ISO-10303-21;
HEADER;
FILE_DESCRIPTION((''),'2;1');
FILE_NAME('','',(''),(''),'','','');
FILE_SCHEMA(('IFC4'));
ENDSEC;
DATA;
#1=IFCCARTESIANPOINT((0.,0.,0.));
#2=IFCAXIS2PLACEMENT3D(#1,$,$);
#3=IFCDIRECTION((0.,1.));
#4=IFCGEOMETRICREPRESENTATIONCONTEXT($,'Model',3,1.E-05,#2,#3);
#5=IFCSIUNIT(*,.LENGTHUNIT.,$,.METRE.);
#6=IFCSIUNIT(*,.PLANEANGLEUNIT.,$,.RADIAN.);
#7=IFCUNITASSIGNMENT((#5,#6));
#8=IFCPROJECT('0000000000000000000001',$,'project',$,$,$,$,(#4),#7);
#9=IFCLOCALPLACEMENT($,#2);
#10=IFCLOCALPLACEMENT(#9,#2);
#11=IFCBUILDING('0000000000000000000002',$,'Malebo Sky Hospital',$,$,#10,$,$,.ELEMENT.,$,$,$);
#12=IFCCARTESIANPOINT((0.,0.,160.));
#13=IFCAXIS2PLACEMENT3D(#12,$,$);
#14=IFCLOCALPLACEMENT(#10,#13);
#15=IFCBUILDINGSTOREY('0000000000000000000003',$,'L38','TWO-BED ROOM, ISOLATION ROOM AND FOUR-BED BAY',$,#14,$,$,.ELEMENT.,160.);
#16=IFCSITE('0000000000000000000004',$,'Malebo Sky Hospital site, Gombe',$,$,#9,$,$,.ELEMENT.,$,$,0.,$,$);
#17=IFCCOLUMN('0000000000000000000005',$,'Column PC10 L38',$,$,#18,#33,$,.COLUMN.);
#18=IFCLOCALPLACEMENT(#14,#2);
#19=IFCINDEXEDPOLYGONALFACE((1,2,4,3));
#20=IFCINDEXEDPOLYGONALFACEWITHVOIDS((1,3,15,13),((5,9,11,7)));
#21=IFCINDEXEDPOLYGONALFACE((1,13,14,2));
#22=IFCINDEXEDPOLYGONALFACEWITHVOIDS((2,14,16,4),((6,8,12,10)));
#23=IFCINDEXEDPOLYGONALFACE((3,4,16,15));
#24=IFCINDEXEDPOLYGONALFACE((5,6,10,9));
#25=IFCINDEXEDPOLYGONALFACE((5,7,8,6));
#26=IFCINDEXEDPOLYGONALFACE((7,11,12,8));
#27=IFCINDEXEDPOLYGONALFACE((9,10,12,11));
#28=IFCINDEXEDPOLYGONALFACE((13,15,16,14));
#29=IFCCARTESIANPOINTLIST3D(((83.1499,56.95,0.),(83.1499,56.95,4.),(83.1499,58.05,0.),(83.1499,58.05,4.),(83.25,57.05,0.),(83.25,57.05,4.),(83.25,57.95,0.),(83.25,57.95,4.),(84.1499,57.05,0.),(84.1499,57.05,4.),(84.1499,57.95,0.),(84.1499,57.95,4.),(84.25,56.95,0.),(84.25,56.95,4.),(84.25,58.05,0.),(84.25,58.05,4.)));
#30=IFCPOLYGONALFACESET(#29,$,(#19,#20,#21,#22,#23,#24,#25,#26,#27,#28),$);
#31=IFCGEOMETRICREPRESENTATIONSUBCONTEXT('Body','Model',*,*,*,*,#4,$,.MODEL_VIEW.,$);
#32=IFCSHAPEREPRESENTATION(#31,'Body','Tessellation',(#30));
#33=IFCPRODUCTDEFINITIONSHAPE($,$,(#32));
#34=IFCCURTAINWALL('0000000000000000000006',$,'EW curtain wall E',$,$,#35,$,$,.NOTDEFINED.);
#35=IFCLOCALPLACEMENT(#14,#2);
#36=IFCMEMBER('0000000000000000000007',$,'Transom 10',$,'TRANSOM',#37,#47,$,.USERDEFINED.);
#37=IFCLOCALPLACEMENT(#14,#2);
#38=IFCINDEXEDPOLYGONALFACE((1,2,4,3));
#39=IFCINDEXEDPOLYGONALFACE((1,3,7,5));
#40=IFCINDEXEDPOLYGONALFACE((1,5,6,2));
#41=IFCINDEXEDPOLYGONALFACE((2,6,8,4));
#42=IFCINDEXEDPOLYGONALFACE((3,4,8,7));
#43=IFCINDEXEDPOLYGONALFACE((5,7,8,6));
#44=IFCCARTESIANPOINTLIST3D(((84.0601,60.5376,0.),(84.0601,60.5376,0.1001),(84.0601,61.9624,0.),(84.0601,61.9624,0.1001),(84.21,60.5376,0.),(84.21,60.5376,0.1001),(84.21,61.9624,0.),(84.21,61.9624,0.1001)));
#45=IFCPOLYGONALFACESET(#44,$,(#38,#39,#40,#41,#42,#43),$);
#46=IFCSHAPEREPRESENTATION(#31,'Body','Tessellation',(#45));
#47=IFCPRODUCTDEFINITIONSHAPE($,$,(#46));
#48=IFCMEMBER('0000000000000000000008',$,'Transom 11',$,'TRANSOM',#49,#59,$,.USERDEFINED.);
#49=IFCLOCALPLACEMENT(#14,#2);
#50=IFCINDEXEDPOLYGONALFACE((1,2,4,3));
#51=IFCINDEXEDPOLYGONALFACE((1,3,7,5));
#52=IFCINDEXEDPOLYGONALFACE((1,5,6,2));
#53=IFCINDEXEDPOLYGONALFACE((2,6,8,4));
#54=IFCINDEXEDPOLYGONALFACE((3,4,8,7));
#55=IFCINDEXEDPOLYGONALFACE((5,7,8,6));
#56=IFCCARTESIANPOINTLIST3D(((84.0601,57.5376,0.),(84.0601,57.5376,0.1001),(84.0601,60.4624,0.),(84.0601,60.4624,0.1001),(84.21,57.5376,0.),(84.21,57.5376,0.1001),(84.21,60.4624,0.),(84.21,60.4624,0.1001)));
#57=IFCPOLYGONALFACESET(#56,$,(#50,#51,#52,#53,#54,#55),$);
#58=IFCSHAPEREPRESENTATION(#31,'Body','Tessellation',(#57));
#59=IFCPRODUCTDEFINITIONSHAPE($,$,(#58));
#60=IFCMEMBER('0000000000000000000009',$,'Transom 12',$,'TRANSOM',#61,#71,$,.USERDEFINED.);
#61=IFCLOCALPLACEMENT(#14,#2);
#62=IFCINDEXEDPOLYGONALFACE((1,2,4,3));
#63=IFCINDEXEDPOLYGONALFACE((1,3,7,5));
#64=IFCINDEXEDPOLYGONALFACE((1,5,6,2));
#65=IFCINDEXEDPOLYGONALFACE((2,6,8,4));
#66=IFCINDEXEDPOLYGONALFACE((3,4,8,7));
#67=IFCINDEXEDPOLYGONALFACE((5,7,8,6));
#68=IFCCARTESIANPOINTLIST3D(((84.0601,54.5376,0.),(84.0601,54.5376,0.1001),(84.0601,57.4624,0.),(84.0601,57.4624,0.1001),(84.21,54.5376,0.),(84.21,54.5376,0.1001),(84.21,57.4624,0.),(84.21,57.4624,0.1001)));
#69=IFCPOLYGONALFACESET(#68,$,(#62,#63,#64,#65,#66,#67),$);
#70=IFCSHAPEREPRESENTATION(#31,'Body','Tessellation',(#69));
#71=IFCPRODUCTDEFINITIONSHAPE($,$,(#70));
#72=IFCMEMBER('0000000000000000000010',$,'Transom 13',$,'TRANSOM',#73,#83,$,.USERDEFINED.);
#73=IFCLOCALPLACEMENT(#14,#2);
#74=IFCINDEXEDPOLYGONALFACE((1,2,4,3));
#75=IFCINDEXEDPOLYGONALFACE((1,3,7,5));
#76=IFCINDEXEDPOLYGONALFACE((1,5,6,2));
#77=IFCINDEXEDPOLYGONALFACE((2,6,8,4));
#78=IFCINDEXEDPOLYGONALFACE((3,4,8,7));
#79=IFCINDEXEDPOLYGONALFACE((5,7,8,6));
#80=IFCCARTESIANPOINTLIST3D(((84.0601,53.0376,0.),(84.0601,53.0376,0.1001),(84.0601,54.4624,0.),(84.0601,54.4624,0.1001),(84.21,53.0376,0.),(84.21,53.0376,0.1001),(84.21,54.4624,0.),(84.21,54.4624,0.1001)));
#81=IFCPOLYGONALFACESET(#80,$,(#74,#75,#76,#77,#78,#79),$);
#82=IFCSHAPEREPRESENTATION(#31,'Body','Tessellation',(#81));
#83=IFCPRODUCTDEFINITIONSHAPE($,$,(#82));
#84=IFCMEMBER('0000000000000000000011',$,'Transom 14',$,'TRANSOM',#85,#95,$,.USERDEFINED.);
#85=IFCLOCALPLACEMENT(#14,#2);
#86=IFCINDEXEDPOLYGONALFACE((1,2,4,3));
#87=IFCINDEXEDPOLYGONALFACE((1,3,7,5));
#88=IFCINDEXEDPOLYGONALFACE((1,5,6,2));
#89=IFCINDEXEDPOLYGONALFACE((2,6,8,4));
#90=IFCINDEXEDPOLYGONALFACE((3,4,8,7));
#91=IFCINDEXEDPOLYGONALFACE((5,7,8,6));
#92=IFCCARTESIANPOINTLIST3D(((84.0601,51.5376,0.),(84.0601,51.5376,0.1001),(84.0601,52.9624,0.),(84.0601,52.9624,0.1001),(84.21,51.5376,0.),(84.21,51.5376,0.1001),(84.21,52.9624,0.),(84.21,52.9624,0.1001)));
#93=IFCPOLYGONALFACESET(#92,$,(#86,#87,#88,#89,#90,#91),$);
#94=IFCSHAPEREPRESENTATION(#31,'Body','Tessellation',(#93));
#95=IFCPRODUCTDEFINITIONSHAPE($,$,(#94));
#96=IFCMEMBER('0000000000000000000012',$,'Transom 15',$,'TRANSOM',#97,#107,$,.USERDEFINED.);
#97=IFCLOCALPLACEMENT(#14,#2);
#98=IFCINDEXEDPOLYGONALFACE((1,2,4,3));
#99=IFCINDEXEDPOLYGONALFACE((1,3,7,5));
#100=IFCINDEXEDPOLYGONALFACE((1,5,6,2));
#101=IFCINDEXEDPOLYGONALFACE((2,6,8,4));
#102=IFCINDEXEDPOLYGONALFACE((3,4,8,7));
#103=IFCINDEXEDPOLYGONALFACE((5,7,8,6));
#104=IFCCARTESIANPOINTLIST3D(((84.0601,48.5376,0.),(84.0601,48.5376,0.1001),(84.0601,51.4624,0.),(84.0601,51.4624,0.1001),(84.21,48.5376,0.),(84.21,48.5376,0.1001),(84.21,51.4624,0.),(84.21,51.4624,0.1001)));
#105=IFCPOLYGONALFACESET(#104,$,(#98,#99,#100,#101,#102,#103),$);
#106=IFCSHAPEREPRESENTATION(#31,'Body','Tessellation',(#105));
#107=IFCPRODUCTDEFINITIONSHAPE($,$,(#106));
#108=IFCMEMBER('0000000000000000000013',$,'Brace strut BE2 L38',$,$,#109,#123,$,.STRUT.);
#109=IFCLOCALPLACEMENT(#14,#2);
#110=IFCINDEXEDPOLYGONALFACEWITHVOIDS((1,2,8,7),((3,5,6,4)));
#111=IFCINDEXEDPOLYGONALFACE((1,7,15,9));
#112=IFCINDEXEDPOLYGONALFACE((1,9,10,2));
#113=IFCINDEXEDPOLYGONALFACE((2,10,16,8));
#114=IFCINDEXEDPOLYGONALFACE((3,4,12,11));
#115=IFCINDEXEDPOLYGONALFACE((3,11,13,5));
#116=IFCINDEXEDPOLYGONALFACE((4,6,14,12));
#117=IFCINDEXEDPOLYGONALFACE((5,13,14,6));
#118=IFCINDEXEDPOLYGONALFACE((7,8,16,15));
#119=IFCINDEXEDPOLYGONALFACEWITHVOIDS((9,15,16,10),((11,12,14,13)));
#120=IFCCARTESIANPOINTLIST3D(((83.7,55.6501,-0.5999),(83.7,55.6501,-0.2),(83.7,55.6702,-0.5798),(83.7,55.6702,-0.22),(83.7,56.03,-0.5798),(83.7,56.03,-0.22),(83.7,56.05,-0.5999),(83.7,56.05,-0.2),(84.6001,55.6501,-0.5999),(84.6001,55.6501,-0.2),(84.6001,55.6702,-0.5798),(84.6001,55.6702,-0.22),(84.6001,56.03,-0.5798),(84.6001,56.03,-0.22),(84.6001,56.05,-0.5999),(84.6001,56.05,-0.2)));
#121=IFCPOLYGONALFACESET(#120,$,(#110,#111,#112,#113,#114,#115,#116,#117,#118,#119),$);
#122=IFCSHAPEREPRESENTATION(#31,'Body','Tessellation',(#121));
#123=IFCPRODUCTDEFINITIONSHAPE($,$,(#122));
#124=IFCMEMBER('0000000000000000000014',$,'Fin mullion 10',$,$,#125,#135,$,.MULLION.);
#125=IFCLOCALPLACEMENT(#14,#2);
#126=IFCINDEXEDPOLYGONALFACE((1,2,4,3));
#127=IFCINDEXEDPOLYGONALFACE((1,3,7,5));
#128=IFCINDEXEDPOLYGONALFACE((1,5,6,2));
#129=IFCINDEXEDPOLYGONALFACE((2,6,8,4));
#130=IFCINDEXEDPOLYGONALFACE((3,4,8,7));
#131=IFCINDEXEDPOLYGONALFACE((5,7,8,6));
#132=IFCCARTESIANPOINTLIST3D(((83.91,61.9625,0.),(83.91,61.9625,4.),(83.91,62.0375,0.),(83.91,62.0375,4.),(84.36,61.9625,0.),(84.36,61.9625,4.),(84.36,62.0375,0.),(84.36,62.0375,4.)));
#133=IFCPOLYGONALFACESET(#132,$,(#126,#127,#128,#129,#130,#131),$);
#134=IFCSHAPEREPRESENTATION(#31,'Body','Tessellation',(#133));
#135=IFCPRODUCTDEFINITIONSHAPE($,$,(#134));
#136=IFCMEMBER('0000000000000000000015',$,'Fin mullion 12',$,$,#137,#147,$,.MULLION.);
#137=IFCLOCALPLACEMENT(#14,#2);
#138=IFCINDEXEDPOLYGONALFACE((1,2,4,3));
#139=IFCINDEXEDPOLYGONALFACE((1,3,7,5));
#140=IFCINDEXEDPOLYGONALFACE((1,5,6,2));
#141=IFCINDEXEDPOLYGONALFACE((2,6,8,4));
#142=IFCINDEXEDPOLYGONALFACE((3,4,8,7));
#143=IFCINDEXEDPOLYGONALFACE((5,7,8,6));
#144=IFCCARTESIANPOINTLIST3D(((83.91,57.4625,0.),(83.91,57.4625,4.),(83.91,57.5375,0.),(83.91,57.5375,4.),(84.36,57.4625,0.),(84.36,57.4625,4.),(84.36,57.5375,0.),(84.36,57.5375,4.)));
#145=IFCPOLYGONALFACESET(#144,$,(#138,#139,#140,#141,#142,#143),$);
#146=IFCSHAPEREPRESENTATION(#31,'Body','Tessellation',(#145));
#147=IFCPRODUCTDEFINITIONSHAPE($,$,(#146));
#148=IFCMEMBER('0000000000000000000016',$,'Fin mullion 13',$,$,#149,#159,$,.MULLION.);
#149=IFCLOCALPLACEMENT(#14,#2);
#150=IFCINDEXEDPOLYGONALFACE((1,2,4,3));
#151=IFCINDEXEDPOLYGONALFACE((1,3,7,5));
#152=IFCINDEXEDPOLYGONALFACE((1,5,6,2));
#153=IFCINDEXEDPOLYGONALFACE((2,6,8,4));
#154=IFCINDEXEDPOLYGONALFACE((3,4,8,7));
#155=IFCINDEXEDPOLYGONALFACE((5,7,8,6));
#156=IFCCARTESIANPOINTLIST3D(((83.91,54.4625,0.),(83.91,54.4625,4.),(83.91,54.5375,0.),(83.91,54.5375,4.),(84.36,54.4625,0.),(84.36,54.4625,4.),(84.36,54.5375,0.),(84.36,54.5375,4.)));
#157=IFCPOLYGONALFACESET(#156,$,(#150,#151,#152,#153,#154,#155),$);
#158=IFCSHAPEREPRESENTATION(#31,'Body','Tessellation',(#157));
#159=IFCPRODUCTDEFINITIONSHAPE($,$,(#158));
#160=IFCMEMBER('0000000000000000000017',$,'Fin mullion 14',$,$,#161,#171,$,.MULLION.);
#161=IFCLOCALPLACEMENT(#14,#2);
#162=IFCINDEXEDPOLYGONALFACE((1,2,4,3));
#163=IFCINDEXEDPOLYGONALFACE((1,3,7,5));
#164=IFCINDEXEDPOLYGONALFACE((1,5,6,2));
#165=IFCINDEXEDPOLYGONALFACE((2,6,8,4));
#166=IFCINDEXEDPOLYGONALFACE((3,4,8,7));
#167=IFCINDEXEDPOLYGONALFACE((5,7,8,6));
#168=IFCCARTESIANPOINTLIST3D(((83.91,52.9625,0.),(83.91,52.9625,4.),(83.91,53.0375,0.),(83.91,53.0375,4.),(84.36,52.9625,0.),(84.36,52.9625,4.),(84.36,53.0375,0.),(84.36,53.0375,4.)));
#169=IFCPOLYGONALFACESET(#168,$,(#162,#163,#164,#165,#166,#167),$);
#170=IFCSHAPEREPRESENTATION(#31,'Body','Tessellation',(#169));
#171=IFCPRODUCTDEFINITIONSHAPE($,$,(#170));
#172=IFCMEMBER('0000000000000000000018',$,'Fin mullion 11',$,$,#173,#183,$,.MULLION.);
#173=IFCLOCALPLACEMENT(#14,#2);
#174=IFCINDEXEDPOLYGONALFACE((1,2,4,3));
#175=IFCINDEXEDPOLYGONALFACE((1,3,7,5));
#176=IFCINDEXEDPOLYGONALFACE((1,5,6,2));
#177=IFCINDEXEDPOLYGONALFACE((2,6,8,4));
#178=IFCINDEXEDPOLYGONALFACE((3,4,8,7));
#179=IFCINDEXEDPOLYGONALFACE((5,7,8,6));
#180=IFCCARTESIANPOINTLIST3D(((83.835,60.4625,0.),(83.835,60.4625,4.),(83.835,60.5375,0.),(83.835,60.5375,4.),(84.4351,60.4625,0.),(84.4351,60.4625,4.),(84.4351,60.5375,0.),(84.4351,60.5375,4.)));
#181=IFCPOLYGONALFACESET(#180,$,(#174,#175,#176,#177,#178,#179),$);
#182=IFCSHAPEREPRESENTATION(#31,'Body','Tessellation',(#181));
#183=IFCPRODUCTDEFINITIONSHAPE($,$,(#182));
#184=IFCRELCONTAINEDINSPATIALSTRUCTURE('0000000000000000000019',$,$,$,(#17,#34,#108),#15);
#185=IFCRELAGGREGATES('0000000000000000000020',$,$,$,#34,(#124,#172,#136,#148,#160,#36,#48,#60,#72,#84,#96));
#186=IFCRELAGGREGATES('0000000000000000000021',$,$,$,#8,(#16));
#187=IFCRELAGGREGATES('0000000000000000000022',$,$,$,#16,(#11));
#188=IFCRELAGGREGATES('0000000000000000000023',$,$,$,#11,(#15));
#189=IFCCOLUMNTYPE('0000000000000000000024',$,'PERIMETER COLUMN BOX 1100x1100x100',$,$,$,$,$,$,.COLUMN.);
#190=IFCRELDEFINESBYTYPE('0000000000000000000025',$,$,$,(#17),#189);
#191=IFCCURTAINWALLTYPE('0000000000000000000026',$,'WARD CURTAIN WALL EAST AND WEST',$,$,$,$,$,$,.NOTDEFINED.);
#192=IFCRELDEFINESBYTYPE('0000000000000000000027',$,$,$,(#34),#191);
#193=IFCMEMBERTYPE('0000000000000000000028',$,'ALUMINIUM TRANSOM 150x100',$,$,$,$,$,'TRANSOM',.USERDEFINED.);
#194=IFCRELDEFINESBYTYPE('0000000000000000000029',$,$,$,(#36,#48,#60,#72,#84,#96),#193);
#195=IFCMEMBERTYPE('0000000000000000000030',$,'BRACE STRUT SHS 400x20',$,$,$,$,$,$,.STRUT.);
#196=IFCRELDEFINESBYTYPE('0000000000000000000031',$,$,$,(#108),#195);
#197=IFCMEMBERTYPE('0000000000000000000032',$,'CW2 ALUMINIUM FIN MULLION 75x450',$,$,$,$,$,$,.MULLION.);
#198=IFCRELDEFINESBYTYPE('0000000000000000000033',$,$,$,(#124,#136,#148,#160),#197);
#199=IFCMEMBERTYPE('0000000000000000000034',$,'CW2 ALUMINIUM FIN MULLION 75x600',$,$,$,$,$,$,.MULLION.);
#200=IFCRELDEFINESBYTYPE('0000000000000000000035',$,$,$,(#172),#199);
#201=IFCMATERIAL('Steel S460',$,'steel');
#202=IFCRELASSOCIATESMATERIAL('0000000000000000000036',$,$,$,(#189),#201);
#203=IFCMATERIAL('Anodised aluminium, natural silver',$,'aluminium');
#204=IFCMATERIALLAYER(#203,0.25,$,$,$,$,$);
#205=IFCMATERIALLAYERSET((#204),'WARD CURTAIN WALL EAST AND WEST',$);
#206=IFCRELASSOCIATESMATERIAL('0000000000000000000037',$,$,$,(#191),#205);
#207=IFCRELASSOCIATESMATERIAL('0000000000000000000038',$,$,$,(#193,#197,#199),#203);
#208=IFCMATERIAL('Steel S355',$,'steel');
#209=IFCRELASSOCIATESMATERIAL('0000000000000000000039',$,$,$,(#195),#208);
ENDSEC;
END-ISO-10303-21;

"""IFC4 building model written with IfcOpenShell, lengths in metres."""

from ifc_helpers import new_model, si_unit, direction, frame, origin, origin_2d, place, context, subcontext, project, spatial, rectangle, hollow_rectangle, extrude, material, layer, layer_set, material_profile, profile_set, type_object, element, aggregate, save


model = new_model("IFC4")

# Units and contexts
model_context = context("Model", 3, precision=1e-05, world=origin(), true_north=direction((0.0, 1.0)))
body_context = subcontext(model_context, "Body", "Model", "MODEL_VIEW")
ifc_project = project(units=[si_unit("LENGTHUNIT", "METRE"), si_unit("PLANEANGLEUNIT", "RADIAN")], contexts=[model_context])

# Site, building, storey
site_placement = place(None, origin())
site = spatial("IfcSite", under=ifc_project, at=site_placement, Name="Malebo Sky Hospital site, Gombe", CompositionType="ELEMENT", RefElevation=0.0)
building_placement = place(site_placement, origin())
building = spatial("IfcBuilding", under=site, at=building_placement, Name="Malebo Sky Hospital", CompositionType="ELEMENT")
storey_placement = place(building_placement, frame((0.0, 0.0, 160.0)))
storey = spatial("IfcBuildingStorey", under=building, at=storey_placement, Name="L38", Description="TWO-BED ROOM, ISOLATION ROOM AND FOUR-BED BAY", CompositionType="ELEMENT", Elevation=160.0)

# Column
ifc_material_1 = material(Name="Steel S460", Category="steel")
ifc_material_profile_1 = material_profile(ifc_material_1, hollow_rectangle(XDim=1.1001, YDim=1.1001, WallThickness=0.1001, at=origin_2d()), Name="BOX 1100x1100x100")
ifc_profile_set_1 = profile_set([ifc_material_profile_1], Name="Steel S460")
column_type = type_object("IfcColumnType", Name="PERIMETER COLUMN BOX 1100x1100x100", PredefinedType="COLUMN", material=ifc_profile_set_1)
column_placement = place(storey_placement, frame((83.7, 57.5, 0.0), z_axis=(0.0, 0.0, 1.0), x_axis=(1.0, 0.0, 0.0)))
element("IfcColumn", 1, at=column_placement, inside=storey, type_object=column_type, Name="Column PC10 L38", PredefinedType="COLUMN", context=body_context, shape_type="SweptSolid", body=[
    extrude(hollow_rectangle(XDim=1.1001, YDim=1.1001, WallThickness=0.1001, at=origin_2d()), origin(), (0.0, 0.0, 1.0), 4.0),
])

# Curtain wall, members
ifc_material_2 = material(Name="Anodised aluminium, natural silver", Category="aluminium")
ifc_layer_1 = layer(ifc_material_2, 0.25)
ifc_layer_set_1 = layer_set([ifc_layer_1], Name="WARD CURTAIN WALL EAST AND WEST")
curtain_wall_type = type_object("IfcCurtainWallType", Name="WARD CURTAIN WALL EAST AND WEST", PredefinedType="NOTDEFINED", material=ifc_layer_set_1)
curtain_wall_placement = place(storey_placement, origin())
curtain_wall = element("IfcCurtainWall", 2, at=curtain_wall_placement, inside=storey, type_object=curtain_wall_type, Name="EW curtain wall E", PredefinedType="NOTDEFINED")
ifc_material_profile_2 = material_profile(ifc_material_2, rectangle(XDim=0.1499, YDim=0.1001, at=origin_2d()), Name="ALUMINIUM TRANSOM 150x100")
ifc_profile_set_2 = profile_set([ifc_material_profile_2], Name="Anodised aluminium, natural silver")
member_type_1 = type_object("IfcMemberType", Name="ALUMINIUM TRANSOM 150x100", ElementType="TRANSOM", PredefinedType="USERDEFINED", material=ifc_profile_set_2)
member_1_placement = place(storey_placement, frame((84.135, 61.9624, 0.05), z_axis=(0.0, -1.0, 0.0), x_axis=(1.0, 0.0, 0.0)))
member_1 = element("IfcMember", 3, at=member_1_placement, type_object=member_type_1, Name="Transom 10", ObjectType="TRANSOM", PredefinedType="USERDEFINED", context=body_context, shape_type="SweptSolid", body=[
    extrude(rectangle(XDim=0.1499, YDim=0.1001, at=origin_2d()), origin(), (0.0, 0.0, 1.0), 1.4248),
])
member_2_placement = place(storey_placement, frame((84.135, 60.4624, 0.05), z_axis=(0.0, -1.0, 0.0), x_axis=(1.0, 0.0, 0.0)))
member_2 = element("IfcMember", 4, at=member_2_placement, type_object=member_type_1, Name="Transom 11", ObjectType="TRANSOM", PredefinedType="USERDEFINED", context=body_context, shape_type="SweptSolid", body=[
    extrude(rectangle(XDim=0.1499, YDim=0.1001, at=origin_2d()), origin(), (0.0, 0.0, 1.0), 2.9248),
])
member_3_placement = place(storey_placement, frame((84.135, 57.4624, 0.05), z_axis=(0.0, -1.0, 0.0), x_axis=(1.0, 0.0, 0.0)))
member_3 = element("IfcMember", 5, at=member_3_placement, type_object=member_type_1, Name="Transom 12", ObjectType="TRANSOM", PredefinedType="USERDEFINED", context=body_context, shape_type="SweptSolid", body=[
    extrude(rectangle(XDim=0.1499, YDim=0.1001, at=origin_2d()), origin(), (0.0, 0.0, 1.0), 2.9248),
])
member_4_placement = place(storey_placement, frame((84.135, 54.4624, 0.05), z_axis=(0.0, -1.0, 0.0), x_axis=(1.0, 0.0, 0.0)))
member_4 = element("IfcMember", 6, at=member_4_placement, type_object=member_type_1, Name="Transom 13", ObjectType="TRANSOM", PredefinedType="USERDEFINED", context=body_context, shape_type="SweptSolid", body=[
    extrude(rectangle(XDim=0.1499, YDim=0.1001, at=origin_2d()), origin(), (0.0, 0.0, 1.0), 1.4248),
])
member_5_placement = place(storey_placement, frame((84.135, 52.9624, 0.05), z_axis=(0.0, -1.0, 0.0), x_axis=(1.0, 0.0, 0.0)))
member_5 = element("IfcMember", 7, at=member_5_placement, type_object=member_type_1, Name="Transom 14", ObjectType="TRANSOM", PredefinedType="USERDEFINED", context=body_context, shape_type="SweptSolid", body=[
    extrude(rectangle(XDim=0.1499, YDim=0.1001, at=origin_2d()), origin(), (0.0, 0.0, 1.0), 1.4248),
])
member_6_placement = place(storey_placement, frame((84.135, 51.4624, 0.05), z_axis=(0.0, -1.0, 0.0), x_axis=(1.0, 0.0, 0.0)))
member_6 = element("IfcMember", 8, at=member_6_placement, type_object=member_type_1, Name="Transom 15", ObjectType="TRANSOM", PredefinedType="USERDEFINED", context=body_context, shape_type="SweptSolid", body=[
    extrude(rectangle(XDim=0.1499, YDim=0.1001, at=origin_2d()), origin(), (0.0, 0.0, 1.0), 2.9248),
])

# Members
ifc_material_3 = material(Name="Steel S355", Category="steel")
ifc_material_profile_3 = material_profile(ifc_material_3, hollow_rectangle(XDim=0.3999, YDim=0.3999, WallThickness=0.02, at=origin_2d()), Name="SHS 400x20")
ifc_profile_set_3 = profile_set([ifc_material_profile_3], Name="Steel S355")
member_type_2 = type_object("IfcMemberType", Name="BRACE STRUT SHS 400x20", PredefinedType="STRUT", material=ifc_profile_set_3)
member_7_placement = place(storey_placement, frame((84.6001, 55.8501, -0.3999), z_axis=(-1.0, 0.0, 0.0), x_axis=(0.0, -1.0, 0.0)))
element("IfcMember", 9, at=member_7_placement, inside=storey, type_object=member_type_2, Name="Brace strut BE2 L38", PredefinedType="STRUT", context=body_context, shape_type="SweptSolid", body=[
    extrude(hollow_rectangle(XDim=0.3999, YDim=0.3999, WallThickness=0.02, at=origin_2d()), origin(), (0.0, 0.0, 1.0), 0.9001),
])
ifc_material_profile_4 = material_profile(ifc_material_2, rectangle(XDim=0.075, YDim=0.45, at=origin_2d()), Name="CW2 ALUMINIUM FIN MULLION 75x450")
ifc_profile_set_4 = profile_set([ifc_material_profile_4], Name="Anodised aluminium, natural silver")
member_type_3 = type_object("IfcMemberType", Name="CW2 ALUMINIUM FIN MULLION 75x450", PredefinedType="MULLION", material=ifc_profile_set_4)
member_8_placement = place(storey_placement, frame((84.135, 62.0, 0.0), z_axis=(0.0, 0.0, 1.0), x_axis=(0.0, -1.0, 0.0)))
member_8 = element("IfcMember", 10, at=member_8_placement, type_object=member_type_3, Name="Fin mullion 10", PredefinedType="MULLION", context=body_context, shape_type="SweptSolid", body=[
    extrude(rectangle(XDim=0.075, YDim=0.45, at=origin_2d()), origin(), (0.0, 0.0, 1.0), 4.0),
])
member_9_placement = place(storey_placement, frame((84.135, 57.5, 0.0), z_axis=(0.0, 0.0, 1.0), x_axis=(0.0, -1.0, 0.0)))
member_9 = element("IfcMember", 11, at=member_9_placement, type_object=member_type_3, Name="Fin mullion 12", PredefinedType="MULLION", context=body_context, shape_type="SweptSolid", body=[
    extrude(rectangle(XDim=0.075, YDim=0.45, at=origin_2d()), origin(), (0.0, 0.0, 1.0), 4.0),
])
member_10_placement = place(storey_placement, frame((84.135, 54.5, 0.0), z_axis=(0.0, 0.0, 1.0), x_axis=(0.0, -1.0, 0.0)))
member_10 = element("IfcMember", 12, at=member_10_placement, type_object=member_type_3, Name="Fin mullion 13", PredefinedType="MULLION", context=body_context, shape_type="SweptSolid", body=[
    extrude(rectangle(XDim=0.075, YDim=0.45, at=origin_2d()), origin(), (0.0, 0.0, 1.0), 4.0),
])
member_11_placement = place(storey_placement, frame((84.135, 53.0, 0.0), z_axis=(0.0, 0.0, 1.0), x_axis=(0.0, -1.0, 0.0)))
member_11 = element("IfcMember", 13, at=member_11_placement, type_object=member_type_3, Name="Fin mullion 14", PredefinedType="MULLION", context=body_context, shape_type="SweptSolid", body=[
    extrude(rectangle(XDim=0.075, YDim=0.45, at=origin_2d()), origin(), (0.0, 0.0, 1.0), 4.0),
])
ifc_material_profile_5 = material_profile(ifc_material_2, rectangle(XDim=0.075, YDim=0.6001, at=origin_2d()), Name="CW2 ALUMINIUM FIN MULLION 75x600")
ifc_profile_set_5 = profile_set([ifc_material_profile_5], Name="Anodised aluminium, natural silver")
member_type_4 = type_object("IfcMemberType", Name="CW2 ALUMINIUM FIN MULLION 75x600", PredefinedType="MULLION", material=ifc_profile_set_5)
member_12_placement = place(storey_placement, frame((84.135, 60.5, 0.0), z_axis=(0.0, 0.0, 1.0), x_axis=(0.0, -1.0, 0.0)))
member_12 = element("IfcMember", 14, at=member_12_placement, type_object=member_type_4, Name="Fin mullion 11", PredefinedType="MULLION", context=body_context, shape_type="SweptSolid", body=[
    extrude(rectangle(XDim=0.075, YDim=0.6001, at=origin_2d()), origin(), (0.0, 0.0, 1.0), 4.0),
])

aggregate(curtain_wall, [member_8, member_12, member_9, member_10, member_11, member_1, member_2, member_3, member_4, member_5, member_6])

save(model, "model.ifc")
